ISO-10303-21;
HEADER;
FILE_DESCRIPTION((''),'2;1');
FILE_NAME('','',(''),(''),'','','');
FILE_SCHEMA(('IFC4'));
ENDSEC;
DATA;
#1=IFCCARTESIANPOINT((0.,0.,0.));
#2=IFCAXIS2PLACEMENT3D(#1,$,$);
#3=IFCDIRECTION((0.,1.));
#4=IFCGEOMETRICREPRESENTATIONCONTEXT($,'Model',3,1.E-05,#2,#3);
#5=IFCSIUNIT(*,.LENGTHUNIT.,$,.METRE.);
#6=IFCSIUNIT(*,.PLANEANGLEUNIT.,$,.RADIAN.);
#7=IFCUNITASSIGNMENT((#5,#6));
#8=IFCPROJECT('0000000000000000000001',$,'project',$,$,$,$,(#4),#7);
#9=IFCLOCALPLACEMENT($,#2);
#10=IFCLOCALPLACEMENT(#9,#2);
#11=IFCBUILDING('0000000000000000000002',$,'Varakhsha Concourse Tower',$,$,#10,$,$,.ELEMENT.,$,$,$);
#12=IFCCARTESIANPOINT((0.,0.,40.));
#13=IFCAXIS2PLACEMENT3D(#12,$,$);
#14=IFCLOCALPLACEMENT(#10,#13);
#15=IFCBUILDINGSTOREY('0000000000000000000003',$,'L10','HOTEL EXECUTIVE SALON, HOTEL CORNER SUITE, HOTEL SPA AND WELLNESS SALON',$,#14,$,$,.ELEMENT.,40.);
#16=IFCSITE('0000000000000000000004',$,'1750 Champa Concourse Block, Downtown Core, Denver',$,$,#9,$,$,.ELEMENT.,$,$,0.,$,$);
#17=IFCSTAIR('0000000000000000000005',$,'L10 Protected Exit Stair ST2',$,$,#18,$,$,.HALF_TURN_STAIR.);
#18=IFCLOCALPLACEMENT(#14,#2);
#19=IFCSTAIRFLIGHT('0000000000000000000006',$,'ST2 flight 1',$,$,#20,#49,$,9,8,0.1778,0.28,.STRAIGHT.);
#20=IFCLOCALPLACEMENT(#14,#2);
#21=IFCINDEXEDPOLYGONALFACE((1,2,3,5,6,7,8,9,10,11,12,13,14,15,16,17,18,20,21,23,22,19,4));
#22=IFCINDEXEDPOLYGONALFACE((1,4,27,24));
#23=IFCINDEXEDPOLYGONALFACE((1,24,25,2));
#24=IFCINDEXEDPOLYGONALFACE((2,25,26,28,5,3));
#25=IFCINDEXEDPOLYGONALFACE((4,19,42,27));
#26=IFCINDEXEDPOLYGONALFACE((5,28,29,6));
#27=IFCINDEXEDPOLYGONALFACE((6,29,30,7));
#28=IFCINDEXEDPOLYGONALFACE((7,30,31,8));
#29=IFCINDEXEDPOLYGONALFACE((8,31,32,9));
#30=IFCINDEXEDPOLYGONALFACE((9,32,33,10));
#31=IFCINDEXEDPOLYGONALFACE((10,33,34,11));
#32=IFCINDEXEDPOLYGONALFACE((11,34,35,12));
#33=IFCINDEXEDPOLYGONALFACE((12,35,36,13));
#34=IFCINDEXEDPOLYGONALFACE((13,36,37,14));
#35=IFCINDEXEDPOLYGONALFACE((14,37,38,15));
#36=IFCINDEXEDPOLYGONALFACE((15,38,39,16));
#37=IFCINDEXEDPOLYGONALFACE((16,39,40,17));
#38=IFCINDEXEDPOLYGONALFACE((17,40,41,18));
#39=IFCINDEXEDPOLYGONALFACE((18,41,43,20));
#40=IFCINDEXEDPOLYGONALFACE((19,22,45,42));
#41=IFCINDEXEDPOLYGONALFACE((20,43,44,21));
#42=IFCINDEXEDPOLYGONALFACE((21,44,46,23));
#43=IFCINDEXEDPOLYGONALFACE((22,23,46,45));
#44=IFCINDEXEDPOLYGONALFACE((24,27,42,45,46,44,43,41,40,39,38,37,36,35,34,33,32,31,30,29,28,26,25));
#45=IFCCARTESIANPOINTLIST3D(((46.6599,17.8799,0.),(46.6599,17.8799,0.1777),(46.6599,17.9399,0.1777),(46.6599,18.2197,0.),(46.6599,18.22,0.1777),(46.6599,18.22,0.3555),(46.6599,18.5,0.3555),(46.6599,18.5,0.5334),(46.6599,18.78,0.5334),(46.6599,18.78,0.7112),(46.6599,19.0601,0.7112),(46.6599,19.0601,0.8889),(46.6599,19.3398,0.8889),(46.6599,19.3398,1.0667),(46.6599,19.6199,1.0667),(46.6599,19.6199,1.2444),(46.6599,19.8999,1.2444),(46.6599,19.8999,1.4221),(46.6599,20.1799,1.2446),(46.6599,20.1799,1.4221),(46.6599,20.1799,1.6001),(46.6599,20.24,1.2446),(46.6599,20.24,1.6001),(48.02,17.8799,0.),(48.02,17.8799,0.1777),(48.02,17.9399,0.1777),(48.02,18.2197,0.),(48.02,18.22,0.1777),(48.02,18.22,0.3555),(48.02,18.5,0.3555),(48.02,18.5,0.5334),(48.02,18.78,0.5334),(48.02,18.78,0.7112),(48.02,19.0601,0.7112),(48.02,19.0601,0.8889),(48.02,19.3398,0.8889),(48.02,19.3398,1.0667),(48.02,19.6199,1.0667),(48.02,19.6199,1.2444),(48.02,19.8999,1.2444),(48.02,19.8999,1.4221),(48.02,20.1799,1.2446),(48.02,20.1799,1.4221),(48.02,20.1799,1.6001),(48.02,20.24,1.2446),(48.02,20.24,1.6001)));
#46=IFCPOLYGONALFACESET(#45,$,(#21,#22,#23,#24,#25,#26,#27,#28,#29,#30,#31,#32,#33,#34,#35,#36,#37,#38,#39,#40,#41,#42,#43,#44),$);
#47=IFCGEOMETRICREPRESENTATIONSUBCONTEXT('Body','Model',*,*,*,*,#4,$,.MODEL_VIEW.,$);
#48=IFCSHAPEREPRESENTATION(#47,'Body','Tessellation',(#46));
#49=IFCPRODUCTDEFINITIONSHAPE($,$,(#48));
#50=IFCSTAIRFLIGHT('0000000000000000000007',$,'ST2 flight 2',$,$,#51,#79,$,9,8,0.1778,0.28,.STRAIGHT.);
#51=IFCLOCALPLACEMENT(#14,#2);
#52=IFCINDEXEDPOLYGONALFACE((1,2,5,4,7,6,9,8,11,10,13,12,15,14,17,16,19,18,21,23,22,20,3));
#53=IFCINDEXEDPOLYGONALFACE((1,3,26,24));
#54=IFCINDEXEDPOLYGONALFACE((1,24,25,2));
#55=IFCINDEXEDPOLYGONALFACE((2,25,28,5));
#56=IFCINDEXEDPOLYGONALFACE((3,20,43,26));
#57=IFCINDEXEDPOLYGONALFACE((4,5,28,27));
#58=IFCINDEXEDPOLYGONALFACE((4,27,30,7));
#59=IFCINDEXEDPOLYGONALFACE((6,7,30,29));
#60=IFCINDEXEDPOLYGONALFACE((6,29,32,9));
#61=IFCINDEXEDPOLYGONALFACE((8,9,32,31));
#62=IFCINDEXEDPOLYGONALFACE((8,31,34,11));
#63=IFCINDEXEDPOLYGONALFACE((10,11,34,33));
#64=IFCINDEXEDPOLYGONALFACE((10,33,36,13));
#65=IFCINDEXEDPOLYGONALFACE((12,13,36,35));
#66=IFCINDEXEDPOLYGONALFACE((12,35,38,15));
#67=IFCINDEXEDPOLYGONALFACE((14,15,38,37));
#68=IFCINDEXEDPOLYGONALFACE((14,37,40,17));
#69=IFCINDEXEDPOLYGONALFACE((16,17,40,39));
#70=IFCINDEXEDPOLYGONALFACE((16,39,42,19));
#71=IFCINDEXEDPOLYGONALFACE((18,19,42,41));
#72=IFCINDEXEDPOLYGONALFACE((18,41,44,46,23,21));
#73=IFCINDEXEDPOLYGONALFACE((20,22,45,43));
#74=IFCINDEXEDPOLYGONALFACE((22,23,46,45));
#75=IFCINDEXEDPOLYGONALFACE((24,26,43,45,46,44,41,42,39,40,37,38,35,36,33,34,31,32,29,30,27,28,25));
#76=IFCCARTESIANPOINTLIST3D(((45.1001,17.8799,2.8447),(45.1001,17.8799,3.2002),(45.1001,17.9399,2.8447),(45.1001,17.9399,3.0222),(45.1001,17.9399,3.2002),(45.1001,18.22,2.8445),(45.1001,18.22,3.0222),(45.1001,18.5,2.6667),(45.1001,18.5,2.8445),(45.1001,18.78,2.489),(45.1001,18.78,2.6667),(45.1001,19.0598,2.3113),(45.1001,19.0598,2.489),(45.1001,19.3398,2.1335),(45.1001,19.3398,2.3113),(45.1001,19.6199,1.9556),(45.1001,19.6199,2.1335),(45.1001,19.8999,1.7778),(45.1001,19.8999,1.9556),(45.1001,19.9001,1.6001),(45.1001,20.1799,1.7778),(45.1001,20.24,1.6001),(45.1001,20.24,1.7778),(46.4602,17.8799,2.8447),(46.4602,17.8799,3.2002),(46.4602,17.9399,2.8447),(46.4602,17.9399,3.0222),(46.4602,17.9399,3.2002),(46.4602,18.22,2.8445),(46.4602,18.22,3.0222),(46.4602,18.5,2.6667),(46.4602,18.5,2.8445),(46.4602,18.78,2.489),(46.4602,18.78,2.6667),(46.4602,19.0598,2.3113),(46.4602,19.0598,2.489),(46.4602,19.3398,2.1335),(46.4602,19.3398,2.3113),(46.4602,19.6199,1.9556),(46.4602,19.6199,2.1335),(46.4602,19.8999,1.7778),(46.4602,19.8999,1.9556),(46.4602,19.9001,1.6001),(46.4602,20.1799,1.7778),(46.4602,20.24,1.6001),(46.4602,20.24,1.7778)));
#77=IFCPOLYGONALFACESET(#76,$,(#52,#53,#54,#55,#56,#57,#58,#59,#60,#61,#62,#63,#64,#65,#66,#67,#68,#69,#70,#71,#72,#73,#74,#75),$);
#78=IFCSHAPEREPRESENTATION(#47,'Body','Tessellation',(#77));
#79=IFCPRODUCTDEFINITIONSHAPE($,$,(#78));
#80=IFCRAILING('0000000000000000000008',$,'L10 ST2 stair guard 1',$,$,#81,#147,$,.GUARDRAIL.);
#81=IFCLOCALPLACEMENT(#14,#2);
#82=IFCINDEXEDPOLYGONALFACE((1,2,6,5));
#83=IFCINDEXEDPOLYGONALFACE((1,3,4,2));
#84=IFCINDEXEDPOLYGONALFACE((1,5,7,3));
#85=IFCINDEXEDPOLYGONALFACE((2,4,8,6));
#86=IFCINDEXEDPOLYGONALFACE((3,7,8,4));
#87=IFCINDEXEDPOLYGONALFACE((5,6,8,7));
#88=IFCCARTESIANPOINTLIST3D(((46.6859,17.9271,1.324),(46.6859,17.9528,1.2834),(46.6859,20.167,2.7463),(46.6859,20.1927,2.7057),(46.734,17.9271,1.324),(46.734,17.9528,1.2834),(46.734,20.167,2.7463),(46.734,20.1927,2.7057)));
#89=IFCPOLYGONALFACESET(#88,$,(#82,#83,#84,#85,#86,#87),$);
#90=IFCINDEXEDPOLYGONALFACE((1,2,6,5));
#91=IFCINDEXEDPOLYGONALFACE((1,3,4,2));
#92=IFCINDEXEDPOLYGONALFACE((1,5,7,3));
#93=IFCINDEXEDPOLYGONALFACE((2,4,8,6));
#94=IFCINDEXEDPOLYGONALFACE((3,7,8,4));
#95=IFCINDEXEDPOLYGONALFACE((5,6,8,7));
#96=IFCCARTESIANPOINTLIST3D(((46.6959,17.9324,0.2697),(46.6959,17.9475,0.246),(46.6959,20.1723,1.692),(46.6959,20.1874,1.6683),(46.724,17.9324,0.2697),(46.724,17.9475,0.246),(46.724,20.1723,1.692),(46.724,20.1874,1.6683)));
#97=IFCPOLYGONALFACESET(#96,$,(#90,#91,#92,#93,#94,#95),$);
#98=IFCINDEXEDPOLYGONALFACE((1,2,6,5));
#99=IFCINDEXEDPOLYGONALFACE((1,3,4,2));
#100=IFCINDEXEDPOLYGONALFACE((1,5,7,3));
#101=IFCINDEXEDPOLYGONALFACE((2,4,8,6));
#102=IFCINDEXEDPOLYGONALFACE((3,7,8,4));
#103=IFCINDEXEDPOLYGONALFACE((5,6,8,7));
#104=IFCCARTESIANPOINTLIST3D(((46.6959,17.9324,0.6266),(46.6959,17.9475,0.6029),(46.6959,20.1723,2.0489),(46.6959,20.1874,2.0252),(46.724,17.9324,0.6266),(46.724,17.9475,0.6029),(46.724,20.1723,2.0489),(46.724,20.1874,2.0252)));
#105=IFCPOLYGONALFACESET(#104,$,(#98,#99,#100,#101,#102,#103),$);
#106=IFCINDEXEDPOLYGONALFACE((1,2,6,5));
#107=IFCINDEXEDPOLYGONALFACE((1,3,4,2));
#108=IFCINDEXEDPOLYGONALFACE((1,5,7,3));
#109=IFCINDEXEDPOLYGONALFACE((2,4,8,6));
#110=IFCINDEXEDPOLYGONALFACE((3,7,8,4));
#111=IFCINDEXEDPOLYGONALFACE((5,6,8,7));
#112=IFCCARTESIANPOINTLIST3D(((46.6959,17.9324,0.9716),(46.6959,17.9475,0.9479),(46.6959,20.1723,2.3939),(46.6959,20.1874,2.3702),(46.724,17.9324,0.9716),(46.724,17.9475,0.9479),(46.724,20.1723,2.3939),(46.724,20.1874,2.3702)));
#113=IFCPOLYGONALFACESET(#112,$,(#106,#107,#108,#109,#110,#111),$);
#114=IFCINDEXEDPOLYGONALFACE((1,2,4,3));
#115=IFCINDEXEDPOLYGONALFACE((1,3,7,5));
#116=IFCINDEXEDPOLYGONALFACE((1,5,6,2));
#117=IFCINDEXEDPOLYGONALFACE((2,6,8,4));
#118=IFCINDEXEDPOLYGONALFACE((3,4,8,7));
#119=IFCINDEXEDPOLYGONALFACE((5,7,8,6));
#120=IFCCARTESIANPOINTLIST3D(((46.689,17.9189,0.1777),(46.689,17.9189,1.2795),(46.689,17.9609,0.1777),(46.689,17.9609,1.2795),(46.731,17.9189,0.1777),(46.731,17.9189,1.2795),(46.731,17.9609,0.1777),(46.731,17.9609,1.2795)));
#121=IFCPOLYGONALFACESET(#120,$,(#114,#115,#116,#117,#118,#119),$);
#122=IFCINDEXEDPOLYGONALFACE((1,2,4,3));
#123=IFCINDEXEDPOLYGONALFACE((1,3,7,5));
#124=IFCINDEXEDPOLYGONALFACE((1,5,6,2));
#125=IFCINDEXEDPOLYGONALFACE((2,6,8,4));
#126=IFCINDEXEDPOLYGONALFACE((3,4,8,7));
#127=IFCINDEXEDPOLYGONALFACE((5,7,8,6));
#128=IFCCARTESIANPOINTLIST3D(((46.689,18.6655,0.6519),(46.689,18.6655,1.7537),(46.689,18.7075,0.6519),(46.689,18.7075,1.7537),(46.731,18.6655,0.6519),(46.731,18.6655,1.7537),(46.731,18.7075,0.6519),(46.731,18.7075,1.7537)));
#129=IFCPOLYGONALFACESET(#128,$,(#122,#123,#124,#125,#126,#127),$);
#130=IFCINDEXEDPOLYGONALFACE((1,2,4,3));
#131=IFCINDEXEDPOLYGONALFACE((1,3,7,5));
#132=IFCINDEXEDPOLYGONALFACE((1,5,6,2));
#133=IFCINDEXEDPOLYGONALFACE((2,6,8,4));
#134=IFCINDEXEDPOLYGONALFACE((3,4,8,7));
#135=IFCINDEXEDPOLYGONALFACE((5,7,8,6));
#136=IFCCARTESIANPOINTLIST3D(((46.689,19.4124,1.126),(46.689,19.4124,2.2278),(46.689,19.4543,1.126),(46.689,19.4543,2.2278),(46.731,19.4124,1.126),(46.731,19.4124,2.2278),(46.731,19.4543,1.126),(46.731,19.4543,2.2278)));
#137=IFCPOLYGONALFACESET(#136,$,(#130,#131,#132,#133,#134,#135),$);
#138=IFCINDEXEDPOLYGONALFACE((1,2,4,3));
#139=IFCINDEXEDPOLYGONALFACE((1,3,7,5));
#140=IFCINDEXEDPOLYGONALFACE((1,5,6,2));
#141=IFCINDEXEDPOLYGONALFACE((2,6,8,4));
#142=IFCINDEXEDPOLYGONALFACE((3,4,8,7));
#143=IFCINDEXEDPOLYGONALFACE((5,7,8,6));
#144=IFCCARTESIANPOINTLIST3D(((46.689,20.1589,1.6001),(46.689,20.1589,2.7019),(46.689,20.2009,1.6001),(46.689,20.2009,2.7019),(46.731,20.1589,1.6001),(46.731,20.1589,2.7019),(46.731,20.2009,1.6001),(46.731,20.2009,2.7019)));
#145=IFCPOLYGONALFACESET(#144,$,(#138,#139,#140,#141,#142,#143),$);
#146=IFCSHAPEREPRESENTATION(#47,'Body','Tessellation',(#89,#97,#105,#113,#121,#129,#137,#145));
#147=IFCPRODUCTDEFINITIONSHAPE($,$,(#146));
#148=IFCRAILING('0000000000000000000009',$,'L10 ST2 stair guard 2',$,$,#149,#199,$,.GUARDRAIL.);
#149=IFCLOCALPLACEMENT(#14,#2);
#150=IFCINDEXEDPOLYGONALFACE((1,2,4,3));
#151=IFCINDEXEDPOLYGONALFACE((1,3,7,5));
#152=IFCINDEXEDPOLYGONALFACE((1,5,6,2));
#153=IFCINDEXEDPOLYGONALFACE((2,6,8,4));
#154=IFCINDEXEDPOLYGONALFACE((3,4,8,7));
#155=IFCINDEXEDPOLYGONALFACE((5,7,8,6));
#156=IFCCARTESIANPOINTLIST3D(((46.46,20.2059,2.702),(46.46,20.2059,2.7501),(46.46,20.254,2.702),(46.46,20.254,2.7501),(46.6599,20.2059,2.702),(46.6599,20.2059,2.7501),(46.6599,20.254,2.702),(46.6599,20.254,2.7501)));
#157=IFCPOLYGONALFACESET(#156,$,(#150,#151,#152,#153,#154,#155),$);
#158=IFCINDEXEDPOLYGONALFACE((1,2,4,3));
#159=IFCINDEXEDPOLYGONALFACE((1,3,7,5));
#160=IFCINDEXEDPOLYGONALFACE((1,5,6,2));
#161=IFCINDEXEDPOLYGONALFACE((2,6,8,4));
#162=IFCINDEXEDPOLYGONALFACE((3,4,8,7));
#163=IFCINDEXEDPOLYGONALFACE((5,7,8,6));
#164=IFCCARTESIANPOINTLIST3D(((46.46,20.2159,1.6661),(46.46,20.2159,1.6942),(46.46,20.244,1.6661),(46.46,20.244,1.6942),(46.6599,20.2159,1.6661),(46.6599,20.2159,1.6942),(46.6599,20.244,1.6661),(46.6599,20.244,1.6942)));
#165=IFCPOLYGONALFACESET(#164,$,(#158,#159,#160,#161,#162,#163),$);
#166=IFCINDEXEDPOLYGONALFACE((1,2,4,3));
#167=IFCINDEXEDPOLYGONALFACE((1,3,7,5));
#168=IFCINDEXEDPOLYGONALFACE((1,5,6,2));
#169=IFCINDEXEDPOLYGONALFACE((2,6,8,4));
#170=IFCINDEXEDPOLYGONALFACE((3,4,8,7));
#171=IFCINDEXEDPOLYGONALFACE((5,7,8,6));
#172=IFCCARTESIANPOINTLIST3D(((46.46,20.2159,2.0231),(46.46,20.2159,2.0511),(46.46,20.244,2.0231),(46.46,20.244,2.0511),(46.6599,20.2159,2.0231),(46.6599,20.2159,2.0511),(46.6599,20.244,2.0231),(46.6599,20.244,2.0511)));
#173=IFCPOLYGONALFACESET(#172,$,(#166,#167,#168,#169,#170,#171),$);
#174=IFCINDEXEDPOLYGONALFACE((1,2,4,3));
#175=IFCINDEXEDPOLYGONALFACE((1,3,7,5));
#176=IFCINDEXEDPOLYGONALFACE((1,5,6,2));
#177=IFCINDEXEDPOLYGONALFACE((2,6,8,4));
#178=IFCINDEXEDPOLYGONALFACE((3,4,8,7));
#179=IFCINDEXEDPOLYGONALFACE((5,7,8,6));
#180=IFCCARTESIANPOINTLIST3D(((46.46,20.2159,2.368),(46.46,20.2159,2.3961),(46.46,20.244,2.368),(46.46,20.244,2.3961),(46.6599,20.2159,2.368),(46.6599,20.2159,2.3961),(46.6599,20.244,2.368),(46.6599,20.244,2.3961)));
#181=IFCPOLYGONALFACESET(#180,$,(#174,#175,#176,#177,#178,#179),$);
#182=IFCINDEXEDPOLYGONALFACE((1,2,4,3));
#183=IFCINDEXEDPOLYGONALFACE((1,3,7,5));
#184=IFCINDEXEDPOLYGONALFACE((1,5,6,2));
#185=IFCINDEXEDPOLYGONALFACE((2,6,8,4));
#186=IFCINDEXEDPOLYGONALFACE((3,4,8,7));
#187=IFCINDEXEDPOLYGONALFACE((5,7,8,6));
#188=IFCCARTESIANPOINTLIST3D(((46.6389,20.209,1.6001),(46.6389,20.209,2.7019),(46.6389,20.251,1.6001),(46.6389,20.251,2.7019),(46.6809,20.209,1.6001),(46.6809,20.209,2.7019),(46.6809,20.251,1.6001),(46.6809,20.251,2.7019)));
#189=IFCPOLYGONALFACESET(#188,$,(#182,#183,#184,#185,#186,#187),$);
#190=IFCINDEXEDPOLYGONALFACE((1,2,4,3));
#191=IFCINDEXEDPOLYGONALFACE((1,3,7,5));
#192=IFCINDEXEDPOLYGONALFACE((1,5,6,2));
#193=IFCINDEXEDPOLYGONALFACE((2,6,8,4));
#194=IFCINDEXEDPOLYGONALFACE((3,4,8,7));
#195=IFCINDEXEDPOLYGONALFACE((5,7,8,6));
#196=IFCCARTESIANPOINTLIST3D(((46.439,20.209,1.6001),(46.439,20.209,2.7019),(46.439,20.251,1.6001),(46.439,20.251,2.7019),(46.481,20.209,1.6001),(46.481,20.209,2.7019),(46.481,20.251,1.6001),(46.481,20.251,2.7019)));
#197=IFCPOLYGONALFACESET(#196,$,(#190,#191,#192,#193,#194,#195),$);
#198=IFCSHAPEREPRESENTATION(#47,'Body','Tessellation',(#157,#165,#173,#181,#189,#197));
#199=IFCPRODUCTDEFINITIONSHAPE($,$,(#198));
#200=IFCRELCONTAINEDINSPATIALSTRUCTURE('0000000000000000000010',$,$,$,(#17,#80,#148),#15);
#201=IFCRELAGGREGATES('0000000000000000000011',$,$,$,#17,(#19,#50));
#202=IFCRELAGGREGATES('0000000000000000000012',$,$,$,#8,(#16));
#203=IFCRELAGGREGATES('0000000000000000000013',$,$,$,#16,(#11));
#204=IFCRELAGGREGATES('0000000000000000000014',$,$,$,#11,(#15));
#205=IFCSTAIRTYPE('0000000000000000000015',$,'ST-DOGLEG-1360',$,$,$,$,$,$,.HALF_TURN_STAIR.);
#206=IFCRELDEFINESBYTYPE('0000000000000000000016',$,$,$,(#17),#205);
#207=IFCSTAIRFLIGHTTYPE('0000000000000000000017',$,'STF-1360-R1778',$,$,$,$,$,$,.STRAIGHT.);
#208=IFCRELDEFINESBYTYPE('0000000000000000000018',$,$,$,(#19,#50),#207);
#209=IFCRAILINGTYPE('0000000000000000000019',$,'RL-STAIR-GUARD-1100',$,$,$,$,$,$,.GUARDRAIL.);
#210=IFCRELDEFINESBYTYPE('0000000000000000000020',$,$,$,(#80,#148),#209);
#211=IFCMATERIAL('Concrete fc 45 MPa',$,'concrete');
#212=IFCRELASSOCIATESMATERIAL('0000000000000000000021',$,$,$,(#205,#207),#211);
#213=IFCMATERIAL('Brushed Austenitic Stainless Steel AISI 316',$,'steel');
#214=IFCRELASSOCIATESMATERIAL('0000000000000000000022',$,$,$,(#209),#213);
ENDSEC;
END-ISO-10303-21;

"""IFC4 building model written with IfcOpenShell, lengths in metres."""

from ifc_helpers import new_model, si_unit, direction, frame, origin, origin_2d, place, context, subcontext, project, spatial, polyline, rectangle, outline, extrude, material, type_object, element, aggregate, save


model = new_model("IFC4")

# Units and contexts
model_context = context("Model", 3, precision=1e-05, world=origin(), true_north=direction((0.0, 1.0)))
body_context = subcontext(model_context, "Body", "Model", "MODEL_VIEW")
ifc_project = project(units=[si_unit("LENGTHUNIT", "METRE"), si_unit("PLANEANGLEUNIT", "RADIAN")], contexts=[model_context])

# Site, building, storey
site_placement = place(None, origin())
site = spatial("IfcSite", under=ifc_project, at=site_placement, Name="1750 Champa Concourse Block, Downtown Core, Denver", CompositionType="ELEMENT", RefElevation=0.0)
building_placement = place(site_placement, origin())
building = spatial("IfcBuilding", under=site, at=building_placement, Name="Varakhsha Concourse Tower", CompositionType="ELEMENT")
storey_placement = place(building_placement, frame((0.0, 0.0, 40.0)))
storey = spatial("IfcBuildingStorey", under=building, at=storey_placement, Name="L10", Description="HOTEL EXECUTIVE SALON, HOTEL CORNER SUITE, HOTEL SPA AND WELLNESS SALON", CompositionType="ELEMENT", Elevation=40.0)

# Shared definitions
ifc_material_1 = material(Name="Concrete fc 45 MPa", Category="concrete")

# Stair, stair flights
stair_type = type_object("IfcStairType", Name="ST-DOGLEG-1360", PredefinedType="HALF_TURN_STAIR", material=ifc_material_1)
stair_placement = place(storey_placement, origin())
stair = element("IfcStair", 1, at=stair_placement, inside=storey, type_object=stair_type, Name="L10 Protected Exit Stair ST2", PredefinedType="HALF_TURN_STAIR")
stair_flight_type = type_object("IfcStairFlightType", Name="STF-1360-R1778", PredefinedType="STRAIGHT", material=ifc_material_1)
stair_flight_1_placement = place(storey_placement, frame((47.3401, 17.9399, 0.0), z_axis=(0.0, 0.0, 1.0), x_axis=(0.0, 1.0, 0.0)))
stair_flight_1 = element("IfcStairFlight", 2, at=stair_flight_1_placement, type_object=stair_flight_type, Name="ST2 flight 1", NumberOfRisers=9, NumberOfTreads=8, PredefinedType="STRAIGHT", RiserHeight=0.1778, TreadLength=0.28, context=body_context, shape_type="SweptSolid", body=[
    extrude(outline(polyline([(-0.0601, 0.0), (-0.0601, 0.1777), (0.0, 0.1777), (0.28, 0.1777), (0.28, 0.3555), (0.5601, 0.3555), (0.5601, 0.5334), (0.8401, 0.5334), (0.8401, 0.7112), (1.1201, 0.7112), (1.1201, 0.8889), (1.3999, 0.8889), (1.3999, 1.0667), (1.6799, 1.0667), (1.6799, 1.2444), (1.96, 1.2444), (1.96, 1.4221), (2.24, 1.4221), (2.24, 1.6001), (2.3, 1.6001), (2.3, 1.2446), (2.24, 1.2446), (0.2798, 0.0), (-0.0601, 0.0)])), frame((0.0, 0.6802, 0.0), z_axis=(0.0, -1.0, 0.0), x_axis=(1.0, 0.0, 0.0)), (0.0, 0.0, 1.0), 1.3601),
])
stair_flight_2_placement = place(storey_placement, frame((45.78, 20.1799, 1.6001), z_axis=(0.0, 0.0, 1.0), x_axis=(0.0, -1.0, 0.0)))
stair_flight_2 = element("IfcStairFlight", 3, at=stair_flight_2_placement, type_object=stair_flight_type, Name="ST2 flight 2", NumberOfRisers=9, NumberOfTreads=8, PredefinedType="STRAIGHT", RiserHeight=0.1778, TreadLength=0.28, context=body_context, shape_type="SweptSolid", body=[
    extrude(outline(polyline([(-0.0601, 0.0), (-0.0601, 0.1777), (0.0, 0.1777), (0.28, 0.1777), (0.28, 0.3555), (0.5601, 0.3555), (0.5601, 0.5334), (0.8401, 0.5334), (0.8401, 0.7112), (1.1201, 0.7112), (1.1201, 0.8889), (1.3999, 0.8889), (1.3999, 1.0667), (1.6799, 1.0667), (1.6799, 1.2444), (1.96, 1.2444), (1.96, 1.4221), (2.24, 1.4221), (2.24, 1.6001), (2.3, 1.6001), (2.3, 1.2446), (2.24, 1.2446), (0.2798, 0.0), (-0.0601, 0.0)])), frame((0.0, 0.6802, 0.0), z_axis=(0.0, -1.0, 0.0), x_axis=(1.0, 0.0, 0.0)), (0.0, 0.0, 1.0), 1.3601),
])
aggregate(stair, [stair_flight_1, stair_flight_2])

# Railings
ifc_material_2 = material(Name="Brushed Austenitic Stainless Steel AISI 316", Category="steel")
railing_type_1 = type_object("IfcRailingType", Name="RL-STAIR-GUARD-1100", PredefinedType="GUARDRAIL", material=ifc_material_2)
railing_1_placement = place(storey_placement, frame((46.71, 17.9399, 0.1777)))
element("IfcRailing", 4, at=railing_1_placement, inside=storey, type_object=railing_type_1, Name="L10 ST2 stair guard 1", PredefinedType="GUARDRAIL", context=body_context, shape_type="SweptSolid", body=[
    extrude(rectangle(XDim=0.0481, YDim=0.0481, at=origin_2d()), frame((0.0, 0.0, 1.126), z_axis=(0.0, 0.844188, 0.536048), x_axis=(-1.0, 0.0, 0.0)), (0.0, 0.0, 1.0), 2.6533),
    extrude(rectangle(XDim=0.0281, YDim=0.0281, at=origin_2d()), frame((0.0, 0.0, 0.0801), z_axis=(0.0, 0.844188, 0.536048), x_axis=(-1.0, 0.0, 0.0)), (0.0, 0.0, 1.0), 2.6533),
    extrude(rectangle(XDim=0.0281, YDim=0.0281, at=origin_2d()), frame((0.0, 0.0, 0.437), z_axis=(0.0, 0.844188, 0.536048), x_axis=(-1.0, 0.0, 0.0)), (0.0, 0.0, 1.0), 2.6533),
    extrude(rectangle(XDim=0.0281, YDim=0.0281, at=origin_2d()), frame((0.0, 0.0, 0.782), z_axis=(0.0, 0.844188, 0.536048), x_axis=(-1.0, 0.0, 0.0)), (0.0, 0.0, 1.0), 2.6533),
    extrude(rectangle(XDim=0.042, YDim=0.042, at=origin_2d()), origin(), (0.0, 0.0, 1.0), 1.1018),
    extrude(rectangle(XDim=0.042, YDim=0.042, at=origin_2d()), frame((0.0, 0.7466, 0.4741)), (0.0, 0.0, 1.0), 1.1018),
    extrude(rectangle(XDim=0.042, YDim=0.042, at=origin_2d()), frame((0.0, 1.4934, 0.9482)), (0.0, 0.0, 1.0), 1.1018),
    extrude(rectangle(XDim=0.042, YDim=0.042, at=origin_2d()), frame((0.0, 2.24, 1.4224)), (0.0, 0.0, 1.0), 1.1018),
])
railing_2_placement = place(storey_placement, frame((46.6599, 20.23, 1.6001)))
element("IfcRailing", 5, at=railing_2_placement, inside=storey, type_object=railing_type_1, Name="L10 ST2 stair guard 2", PredefinedType="GUARDRAIL", context=body_context, shape_type="SweptSolid", body=[
    extrude(rectangle(XDim=0.0481, YDim=0.0481, at=origin_2d()), frame((0.0, 0.0, 1.126), z_axis=(-1.0, 0.0, 0.0), x_axis=(0.0, -1.0, 0.0)), (0.0, 0.0, 1.0), 0.2),
    extrude(rectangle(XDim=0.0281, YDim=0.0281, at=origin_2d()), frame((0.0, 0.0, 0.0801), z_axis=(-1.0, 0.0, 0.0), x_axis=(0.0, -1.0, 0.0)), (0.0, 0.0, 1.0), 0.2),
    extrude(rectangle(XDim=0.0281, YDim=0.0281, at=origin_2d()), frame((0.0, 0.0, 0.437), z_axis=(-1.0, 0.0, 0.0), x_axis=(0.0, -1.0, 0.0)), (0.0, 0.0, 1.0), 0.2),
    extrude(rectangle(XDim=0.0281, YDim=0.0281, at=origin_2d()), frame((0.0, 0.0, 0.782), z_axis=(-1.0, 0.0, 0.0), x_axis=(0.0, -1.0, 0.0)), (0.0, 0.0, 1.0), 0.2),
    extrude(rectangle(XDim=0.042, YDim=0.042, at=origin_2d()), origin(), (0.0, 0.0, 1.0), 1.1018),
    extrude(rectangle(XDim=0.042, YDim=0.042, at=origin_2d()), frame((-0.2, 0.0, 0.0)), (0.0, 0.0, 1.0), 1.1018),
])

save(model, "model.ifc")
